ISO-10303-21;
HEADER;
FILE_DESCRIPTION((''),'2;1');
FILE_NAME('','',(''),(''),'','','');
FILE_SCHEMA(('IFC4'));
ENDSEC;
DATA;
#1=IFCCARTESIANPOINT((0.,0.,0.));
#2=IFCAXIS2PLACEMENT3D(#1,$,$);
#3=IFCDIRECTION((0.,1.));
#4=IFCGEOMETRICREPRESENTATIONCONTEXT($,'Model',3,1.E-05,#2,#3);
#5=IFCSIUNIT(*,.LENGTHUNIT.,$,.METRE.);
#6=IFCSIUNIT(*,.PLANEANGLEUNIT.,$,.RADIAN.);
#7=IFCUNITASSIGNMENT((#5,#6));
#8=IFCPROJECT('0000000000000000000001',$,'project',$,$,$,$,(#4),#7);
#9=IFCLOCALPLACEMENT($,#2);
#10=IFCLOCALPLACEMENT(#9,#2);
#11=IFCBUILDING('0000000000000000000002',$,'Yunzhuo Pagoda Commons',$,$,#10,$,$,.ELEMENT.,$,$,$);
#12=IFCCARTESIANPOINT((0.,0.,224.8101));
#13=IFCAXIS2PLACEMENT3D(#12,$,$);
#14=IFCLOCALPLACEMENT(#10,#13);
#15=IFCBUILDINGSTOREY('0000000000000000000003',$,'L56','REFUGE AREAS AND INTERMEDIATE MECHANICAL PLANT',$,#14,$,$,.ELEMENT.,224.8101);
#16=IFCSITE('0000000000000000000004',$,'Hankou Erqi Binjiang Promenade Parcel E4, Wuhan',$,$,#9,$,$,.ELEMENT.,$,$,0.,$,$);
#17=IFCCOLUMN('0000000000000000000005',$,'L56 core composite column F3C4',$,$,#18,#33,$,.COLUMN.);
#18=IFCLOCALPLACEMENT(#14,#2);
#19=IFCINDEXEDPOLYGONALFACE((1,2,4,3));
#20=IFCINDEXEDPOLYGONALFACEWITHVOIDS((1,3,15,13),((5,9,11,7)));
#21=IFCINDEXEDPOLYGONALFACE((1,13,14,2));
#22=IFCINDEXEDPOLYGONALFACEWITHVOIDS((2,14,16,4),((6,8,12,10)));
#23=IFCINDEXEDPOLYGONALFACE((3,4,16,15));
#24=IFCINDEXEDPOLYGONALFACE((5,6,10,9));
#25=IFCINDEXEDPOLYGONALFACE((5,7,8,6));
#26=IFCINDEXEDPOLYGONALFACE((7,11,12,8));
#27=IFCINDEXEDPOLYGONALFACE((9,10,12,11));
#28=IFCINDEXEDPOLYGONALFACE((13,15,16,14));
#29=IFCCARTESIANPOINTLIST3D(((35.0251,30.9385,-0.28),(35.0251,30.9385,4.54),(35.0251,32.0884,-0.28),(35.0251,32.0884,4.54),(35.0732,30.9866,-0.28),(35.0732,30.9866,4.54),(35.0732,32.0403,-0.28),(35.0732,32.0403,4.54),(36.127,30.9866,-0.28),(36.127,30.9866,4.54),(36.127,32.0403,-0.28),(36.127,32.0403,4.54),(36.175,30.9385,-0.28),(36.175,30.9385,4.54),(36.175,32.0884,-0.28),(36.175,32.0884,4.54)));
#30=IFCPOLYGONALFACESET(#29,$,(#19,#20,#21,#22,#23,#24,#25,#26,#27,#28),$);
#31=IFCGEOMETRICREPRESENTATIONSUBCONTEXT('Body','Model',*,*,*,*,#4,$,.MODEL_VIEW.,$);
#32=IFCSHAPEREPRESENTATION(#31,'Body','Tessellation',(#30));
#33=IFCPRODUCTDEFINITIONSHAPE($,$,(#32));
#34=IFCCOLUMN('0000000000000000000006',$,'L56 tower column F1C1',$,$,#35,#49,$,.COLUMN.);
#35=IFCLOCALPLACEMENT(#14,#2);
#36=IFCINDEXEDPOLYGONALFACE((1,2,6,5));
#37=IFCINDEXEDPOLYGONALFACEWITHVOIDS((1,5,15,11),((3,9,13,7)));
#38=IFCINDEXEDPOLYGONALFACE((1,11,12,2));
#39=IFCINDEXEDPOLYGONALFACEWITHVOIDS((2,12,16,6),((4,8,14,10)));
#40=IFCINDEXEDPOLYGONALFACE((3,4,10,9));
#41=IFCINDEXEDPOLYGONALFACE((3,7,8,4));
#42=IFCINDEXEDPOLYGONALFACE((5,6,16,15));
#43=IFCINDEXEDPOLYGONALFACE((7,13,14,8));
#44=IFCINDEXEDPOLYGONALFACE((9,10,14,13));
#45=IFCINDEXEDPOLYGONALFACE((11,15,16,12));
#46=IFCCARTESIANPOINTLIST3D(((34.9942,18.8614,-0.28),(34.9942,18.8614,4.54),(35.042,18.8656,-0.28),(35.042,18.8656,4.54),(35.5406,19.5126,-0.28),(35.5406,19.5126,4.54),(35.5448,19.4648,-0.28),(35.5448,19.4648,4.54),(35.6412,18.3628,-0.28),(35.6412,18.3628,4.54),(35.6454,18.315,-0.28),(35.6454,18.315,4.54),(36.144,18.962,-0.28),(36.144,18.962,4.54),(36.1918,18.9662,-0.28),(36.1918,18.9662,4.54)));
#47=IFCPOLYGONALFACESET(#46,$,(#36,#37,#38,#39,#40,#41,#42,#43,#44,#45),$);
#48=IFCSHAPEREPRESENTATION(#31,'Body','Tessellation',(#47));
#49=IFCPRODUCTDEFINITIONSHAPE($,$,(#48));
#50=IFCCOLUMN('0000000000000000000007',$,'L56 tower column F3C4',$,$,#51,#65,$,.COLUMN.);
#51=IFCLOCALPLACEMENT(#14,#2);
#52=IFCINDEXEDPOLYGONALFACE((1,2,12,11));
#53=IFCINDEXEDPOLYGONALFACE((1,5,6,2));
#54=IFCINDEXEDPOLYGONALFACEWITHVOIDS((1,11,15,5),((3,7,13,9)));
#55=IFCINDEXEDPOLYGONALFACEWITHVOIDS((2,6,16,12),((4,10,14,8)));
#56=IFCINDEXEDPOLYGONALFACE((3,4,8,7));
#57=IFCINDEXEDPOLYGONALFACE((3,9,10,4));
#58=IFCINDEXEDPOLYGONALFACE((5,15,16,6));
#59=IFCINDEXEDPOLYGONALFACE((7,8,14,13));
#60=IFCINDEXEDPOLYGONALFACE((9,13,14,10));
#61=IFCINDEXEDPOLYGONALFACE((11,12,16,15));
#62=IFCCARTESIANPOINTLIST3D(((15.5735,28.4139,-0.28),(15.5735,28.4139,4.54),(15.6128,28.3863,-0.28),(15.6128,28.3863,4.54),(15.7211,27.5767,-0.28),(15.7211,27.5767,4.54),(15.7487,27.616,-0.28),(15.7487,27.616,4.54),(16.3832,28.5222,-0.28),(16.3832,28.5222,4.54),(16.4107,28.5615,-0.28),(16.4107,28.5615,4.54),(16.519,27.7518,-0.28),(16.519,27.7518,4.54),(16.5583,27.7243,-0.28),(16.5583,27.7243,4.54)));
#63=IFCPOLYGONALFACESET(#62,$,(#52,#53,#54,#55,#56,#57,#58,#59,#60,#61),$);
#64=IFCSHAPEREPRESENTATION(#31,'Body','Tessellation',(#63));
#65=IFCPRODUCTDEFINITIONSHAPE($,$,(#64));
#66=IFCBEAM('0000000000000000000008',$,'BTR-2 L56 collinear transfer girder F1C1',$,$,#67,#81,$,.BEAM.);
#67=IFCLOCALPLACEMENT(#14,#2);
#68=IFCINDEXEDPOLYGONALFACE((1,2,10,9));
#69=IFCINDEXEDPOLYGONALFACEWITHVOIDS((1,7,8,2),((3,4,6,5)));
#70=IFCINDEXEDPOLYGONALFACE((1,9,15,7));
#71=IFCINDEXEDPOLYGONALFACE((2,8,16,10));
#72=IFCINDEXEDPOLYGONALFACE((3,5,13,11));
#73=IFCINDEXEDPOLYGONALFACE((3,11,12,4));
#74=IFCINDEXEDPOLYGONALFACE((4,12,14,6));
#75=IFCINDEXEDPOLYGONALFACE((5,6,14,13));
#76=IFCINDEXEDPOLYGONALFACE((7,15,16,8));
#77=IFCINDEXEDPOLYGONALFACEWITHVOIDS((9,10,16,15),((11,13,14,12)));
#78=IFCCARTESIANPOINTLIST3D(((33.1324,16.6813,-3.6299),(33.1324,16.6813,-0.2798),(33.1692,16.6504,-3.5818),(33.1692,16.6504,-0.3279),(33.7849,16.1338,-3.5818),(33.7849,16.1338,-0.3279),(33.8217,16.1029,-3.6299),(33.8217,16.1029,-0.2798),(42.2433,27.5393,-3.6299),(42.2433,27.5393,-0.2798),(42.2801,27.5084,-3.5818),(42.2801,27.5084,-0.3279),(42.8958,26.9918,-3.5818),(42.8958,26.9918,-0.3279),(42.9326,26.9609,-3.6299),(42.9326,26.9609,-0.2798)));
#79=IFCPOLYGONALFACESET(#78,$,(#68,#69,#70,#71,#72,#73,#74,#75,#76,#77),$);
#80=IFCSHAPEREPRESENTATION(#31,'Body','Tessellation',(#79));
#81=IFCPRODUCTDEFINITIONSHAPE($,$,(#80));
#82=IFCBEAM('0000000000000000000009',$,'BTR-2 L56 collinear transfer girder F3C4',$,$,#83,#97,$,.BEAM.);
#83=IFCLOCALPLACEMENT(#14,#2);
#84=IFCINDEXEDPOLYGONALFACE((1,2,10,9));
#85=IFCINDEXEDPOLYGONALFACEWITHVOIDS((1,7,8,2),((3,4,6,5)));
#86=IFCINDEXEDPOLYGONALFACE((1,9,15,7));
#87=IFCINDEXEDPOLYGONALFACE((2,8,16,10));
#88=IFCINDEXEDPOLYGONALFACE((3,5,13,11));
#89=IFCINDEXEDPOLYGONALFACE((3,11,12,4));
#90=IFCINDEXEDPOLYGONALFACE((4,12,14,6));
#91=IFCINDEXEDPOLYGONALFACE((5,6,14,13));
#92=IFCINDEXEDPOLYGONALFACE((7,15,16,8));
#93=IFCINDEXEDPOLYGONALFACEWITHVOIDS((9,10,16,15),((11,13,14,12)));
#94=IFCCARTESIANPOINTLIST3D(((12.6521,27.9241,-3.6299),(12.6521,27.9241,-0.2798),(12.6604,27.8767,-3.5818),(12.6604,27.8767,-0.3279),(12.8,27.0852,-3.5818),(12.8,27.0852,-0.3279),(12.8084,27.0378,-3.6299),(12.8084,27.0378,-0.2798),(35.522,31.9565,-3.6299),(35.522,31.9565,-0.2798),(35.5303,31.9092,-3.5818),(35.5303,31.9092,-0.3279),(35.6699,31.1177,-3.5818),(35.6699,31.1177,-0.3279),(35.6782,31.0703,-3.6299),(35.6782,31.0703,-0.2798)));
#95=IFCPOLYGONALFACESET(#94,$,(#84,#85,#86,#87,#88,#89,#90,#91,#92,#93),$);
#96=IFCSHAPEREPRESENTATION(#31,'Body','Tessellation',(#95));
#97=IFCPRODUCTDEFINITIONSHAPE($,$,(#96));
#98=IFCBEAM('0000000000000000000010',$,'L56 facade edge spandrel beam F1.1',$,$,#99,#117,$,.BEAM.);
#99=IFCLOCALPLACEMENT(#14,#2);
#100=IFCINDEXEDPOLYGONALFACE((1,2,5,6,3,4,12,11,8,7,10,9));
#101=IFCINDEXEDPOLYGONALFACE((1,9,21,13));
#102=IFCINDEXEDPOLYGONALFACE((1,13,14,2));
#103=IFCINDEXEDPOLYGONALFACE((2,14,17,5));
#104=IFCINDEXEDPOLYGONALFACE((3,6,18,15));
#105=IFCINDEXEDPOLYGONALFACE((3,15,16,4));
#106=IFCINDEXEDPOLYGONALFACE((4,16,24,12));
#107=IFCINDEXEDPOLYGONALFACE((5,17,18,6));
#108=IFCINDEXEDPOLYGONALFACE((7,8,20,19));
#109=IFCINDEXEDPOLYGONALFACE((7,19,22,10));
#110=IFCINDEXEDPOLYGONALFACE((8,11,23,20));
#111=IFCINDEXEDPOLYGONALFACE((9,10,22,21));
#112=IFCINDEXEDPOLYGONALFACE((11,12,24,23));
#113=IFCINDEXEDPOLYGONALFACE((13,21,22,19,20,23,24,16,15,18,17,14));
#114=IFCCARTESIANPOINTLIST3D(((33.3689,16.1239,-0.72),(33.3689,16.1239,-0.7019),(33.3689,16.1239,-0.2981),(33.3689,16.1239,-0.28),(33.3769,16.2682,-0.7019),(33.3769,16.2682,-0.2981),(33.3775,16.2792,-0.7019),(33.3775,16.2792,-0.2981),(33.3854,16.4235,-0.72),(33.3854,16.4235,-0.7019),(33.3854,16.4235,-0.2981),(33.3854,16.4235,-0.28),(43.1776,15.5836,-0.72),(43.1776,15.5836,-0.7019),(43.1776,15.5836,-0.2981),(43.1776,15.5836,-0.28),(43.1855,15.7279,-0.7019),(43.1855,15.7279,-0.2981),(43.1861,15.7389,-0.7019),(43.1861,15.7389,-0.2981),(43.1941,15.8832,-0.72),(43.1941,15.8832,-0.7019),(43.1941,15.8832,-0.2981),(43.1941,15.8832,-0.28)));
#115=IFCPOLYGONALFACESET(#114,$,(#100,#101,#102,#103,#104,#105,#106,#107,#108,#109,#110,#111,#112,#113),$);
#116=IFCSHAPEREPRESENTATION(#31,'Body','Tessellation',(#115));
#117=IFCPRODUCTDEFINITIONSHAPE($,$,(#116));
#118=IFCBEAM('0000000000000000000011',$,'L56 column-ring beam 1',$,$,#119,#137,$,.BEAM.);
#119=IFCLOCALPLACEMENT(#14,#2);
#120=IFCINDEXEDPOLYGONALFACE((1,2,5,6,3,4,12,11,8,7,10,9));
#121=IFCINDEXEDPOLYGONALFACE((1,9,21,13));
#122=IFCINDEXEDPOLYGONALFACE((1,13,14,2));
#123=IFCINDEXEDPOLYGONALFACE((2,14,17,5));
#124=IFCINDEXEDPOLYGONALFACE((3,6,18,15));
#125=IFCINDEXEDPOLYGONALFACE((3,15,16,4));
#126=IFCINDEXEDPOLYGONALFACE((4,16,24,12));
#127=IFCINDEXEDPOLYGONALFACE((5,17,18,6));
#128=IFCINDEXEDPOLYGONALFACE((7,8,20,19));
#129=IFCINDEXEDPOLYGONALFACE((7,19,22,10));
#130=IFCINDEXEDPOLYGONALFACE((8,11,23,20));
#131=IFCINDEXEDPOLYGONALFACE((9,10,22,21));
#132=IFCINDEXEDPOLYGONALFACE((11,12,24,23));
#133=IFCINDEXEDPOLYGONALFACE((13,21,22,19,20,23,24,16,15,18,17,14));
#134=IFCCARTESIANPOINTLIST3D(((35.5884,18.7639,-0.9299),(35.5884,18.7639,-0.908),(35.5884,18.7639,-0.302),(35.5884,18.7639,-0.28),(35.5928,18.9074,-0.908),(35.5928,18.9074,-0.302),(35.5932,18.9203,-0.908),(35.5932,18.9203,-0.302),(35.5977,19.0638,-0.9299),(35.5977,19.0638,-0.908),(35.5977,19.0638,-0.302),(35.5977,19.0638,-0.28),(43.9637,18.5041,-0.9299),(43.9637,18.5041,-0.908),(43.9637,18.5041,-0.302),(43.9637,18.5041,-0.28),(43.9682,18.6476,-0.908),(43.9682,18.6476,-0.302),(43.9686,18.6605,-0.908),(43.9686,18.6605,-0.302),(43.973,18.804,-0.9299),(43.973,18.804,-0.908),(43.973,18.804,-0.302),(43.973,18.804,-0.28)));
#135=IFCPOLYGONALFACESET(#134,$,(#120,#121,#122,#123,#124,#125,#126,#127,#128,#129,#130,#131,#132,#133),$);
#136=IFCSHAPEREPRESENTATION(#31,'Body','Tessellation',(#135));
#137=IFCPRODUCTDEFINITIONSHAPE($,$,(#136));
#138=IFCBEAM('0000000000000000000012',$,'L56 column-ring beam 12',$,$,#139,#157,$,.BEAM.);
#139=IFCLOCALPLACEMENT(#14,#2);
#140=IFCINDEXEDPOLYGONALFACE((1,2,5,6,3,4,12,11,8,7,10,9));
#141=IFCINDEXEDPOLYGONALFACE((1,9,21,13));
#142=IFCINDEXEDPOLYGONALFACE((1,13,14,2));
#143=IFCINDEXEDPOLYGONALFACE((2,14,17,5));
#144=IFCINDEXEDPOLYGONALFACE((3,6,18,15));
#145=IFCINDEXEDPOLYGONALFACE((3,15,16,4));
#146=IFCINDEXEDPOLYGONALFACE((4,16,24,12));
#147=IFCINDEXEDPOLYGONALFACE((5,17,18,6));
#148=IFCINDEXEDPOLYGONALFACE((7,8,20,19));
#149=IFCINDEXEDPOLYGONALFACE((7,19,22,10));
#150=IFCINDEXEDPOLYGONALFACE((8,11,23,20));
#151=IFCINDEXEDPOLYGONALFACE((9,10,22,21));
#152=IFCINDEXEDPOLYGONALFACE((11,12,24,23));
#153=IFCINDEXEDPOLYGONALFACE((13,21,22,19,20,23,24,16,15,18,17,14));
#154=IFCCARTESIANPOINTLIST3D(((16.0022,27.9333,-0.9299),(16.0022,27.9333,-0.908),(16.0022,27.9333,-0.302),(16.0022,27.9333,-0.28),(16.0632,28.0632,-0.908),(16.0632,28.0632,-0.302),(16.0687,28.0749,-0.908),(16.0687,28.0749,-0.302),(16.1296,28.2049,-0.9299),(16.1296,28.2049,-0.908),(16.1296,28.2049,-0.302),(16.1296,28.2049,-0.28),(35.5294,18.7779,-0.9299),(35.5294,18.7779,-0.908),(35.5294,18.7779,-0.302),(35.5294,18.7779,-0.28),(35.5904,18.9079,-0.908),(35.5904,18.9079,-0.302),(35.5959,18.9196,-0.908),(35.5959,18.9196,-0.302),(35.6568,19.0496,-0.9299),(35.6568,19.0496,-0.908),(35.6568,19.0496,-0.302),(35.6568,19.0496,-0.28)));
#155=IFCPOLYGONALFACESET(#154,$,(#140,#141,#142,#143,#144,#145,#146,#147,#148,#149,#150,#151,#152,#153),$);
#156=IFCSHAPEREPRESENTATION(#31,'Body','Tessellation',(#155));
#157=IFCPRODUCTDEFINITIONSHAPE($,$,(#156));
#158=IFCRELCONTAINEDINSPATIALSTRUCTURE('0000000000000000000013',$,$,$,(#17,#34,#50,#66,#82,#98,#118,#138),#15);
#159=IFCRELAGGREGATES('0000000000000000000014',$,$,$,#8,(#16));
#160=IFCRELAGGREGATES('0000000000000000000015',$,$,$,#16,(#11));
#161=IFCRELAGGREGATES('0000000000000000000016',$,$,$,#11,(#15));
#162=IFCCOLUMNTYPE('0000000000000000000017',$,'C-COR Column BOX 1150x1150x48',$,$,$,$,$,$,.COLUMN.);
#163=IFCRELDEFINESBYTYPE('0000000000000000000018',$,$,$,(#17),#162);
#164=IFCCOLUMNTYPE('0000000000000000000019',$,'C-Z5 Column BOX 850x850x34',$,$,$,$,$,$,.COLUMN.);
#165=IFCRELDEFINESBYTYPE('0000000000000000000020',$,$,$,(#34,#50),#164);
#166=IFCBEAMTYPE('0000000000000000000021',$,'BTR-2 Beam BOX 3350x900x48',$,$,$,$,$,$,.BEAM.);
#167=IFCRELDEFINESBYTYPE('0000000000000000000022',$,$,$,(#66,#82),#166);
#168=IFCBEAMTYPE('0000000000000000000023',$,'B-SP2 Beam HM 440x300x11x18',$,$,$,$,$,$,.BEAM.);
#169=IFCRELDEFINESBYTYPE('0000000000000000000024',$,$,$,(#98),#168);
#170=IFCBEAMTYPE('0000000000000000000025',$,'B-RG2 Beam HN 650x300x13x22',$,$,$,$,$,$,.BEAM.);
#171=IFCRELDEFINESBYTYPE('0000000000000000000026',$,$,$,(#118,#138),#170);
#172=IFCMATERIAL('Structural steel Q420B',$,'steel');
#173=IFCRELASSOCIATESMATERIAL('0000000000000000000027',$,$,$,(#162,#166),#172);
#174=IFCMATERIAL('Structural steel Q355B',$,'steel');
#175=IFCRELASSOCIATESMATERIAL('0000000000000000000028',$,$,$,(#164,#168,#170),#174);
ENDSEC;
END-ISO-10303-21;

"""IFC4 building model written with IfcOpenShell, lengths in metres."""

from ifc_helpers import new_model, si_unit, direction, frame, origin, origin_2d, place, context, subcontext, project, spatial, hollow_rectangle, i_section, extrude, source, transform, mapped, material, material_profile, profile_set, type_object, element, save


model = new_model("IFC4")

# Units and contexts
model_context = context("Model", 3, precision=1e-05, world=origin(), true_north=direction((0.0, 1.0)))
body_context = subcontext(model_context, "Body", "Model", "MODEL_VIEW")
ifc_project = project(units=[si_unit("LENGTHUNIT", "METRE"), si_unit("PLANEANGLEUNIT", "RADIAN")], contexts=[model_context])

# Site, building, storey
site_placement = place(None, origin())
site = spatial("IfcSite", under=ifc_project, at=site_placement, Name="Hankou Erqi Binjiang Promenade Parcel E4, Wuhan", CompositionType="ELEMENT", RefElevation=0.0)
building_placement = place(site_placement, origin())
building = spatial("IfcBuilding", under=site, at=building_placement, Name="Yunzhuo Pagoda Commons", CompositionType="ELEMENT")
storey_placement = place(building_placement, frame((0.0, 0.0, 224.8101)))
storey = spatial("IfcBuildingStorey", under=building, at=storey_placement, Name="L56", Description="REFUGE AREAS AND INTERMEDIATE MECHANICAL PLANT", CompositionType="ELEMENT", Elevation=224.8101)

# Columns
ifc_material_1 = material(Name="Structural steel Q420B", Category="steel")
ifc_material_profile_1 = material_profile(ifc_material_1, hollow_rectangle(XDim=1.1499, YDim=1.1499, WallThickness=0.0481, at=origin_2d()), Name="Structural steel Q420B")
ifc_profile_set_1 = profile_set([ifc_material_profile_1], Name="Structural steel Q420B")
column_type_1 = type_object("IfcColumnType", Name="C-COR Column BOX 1150x1150x48", PredefinedType="COLUMN", material=ifc_profile_set_1)
shared_shape_1 = source(origin(), body_context, "Body", "SweptSolid", [
    extrude(hollow_rectangle(XDim=1.1499, YDim=1.1499, WallThickness=0.0481, at=origin_2d()), origin(), (0.0, 0.0, 1.0), 4.8201),
])
column_placement = place(storey_placement, frame((35.6001, 31.5134, -0.28), z_axis=(0.0, 0.0, 1.0), x_axis=(1.0, 0.0, 0.0)))
element("IfcColumn", 1, at=column_placement, inside=storey, type_object=column_type_1, Name="L56 core composite column F3C4", PredefinedType="COLUMN", context=body_context, shape_type="MappedRepresentation", body=[
    mapped(shared_shape_1, transform((0.0, 0.0, 0.0), scale=1.0)),
])
ifc_material_2 = material(Name="Structural steel Q355B", Category="steel")
ifc_material_profile_2 = material_profile(ifc_material_2, hollow_rectangle(XDim=0.8501, YDim=0.8501, WallThickness=0.0339, at=origin_2d()), Name="Structural steel Q355B")
ifc_profile_set_2 = profile_set([ifc_material_profile_2], Name="Structural steel Q355B")
column_type_2 = type_object("IfcColumnType", Name="C-Z5 Column BOX 850x850x34", PredefinedType="COLUMN", material=ifc_profile_set_2)
shared_shape_2 = source(origin(), body_context, "Body", "SweptSolid", [
    extrude(hollow_rectangle(XDim=0.8501, YDim=0.8501, WallThickness=0.0339, at=origin_2d()), origin(), (0.0, 0.0, 1.0), 4.8201),
])
for number, where, z_axis, x_axis, name in (
    (2, (35.593, 18.9138, -0.28), (0.0, 0.0, 1.0), (0.766044, -0.642788, 0.0), "L56 tower column F1C1"),
    (3, (16.0659, 28.0691, -0.28), (0.0, 0.0, 1.0), (0.173648, -0.984808, 0.0), "L56 tower column F3C4"),
):
    element("IfcColumn", number, at=place(storey_placement, frame(where, z_axis=z_axis, x_axis=x_axis)), inside=storey, type_object=column_type_2, Name=name, PredefinedType="COLUMN", context=body_context, shape_type="MappedRepresentation", body=[
        mapped(shared_shape_2, transform((0.0, 0.0, 0.0), scale=1.0)),
    ])

# Beams
ifc_material_profile_3 = material_profile(ifc_material_1, hollow_rectangle(XDim=0.8999, YDim=3.3501, WallThickness=0.0481, at=origin_2d()), Name="Structural steel Q420B")
ifc_profile_set_3 = profile_set([ifc_material_profile_3], Name="Structural steel Q420B")
beam_type_1 = type_object("IfcBeamType", Name="BTR-2 Beam BOX 3350x900x48", PredefinedType="BEAM", material=ifc_profile_set_3)
shared_shape_3 = source(origin(), body_context, "Body", "SweptSolid", [
    extrude(hollow_rectangle(XDim=0.8999, YDim=3.3501, WallThickness=0.0481, at=origin_2d()), origin(), (0.0, 0.0, 1.0), 14.1741),
])
beam_1_placement = place(storey_placement, frame((33.4771, 16.3921, -1.9548), z_axis=(0.642786, 0.766045, 0.0), x_axis=(-0.766045, 0.642786, 0.0)))
element("IfcBeam", 4, at=beam_1_placement, inside=storey, type_object=beam_type_1, Name="BTR-2 L56 collinear transfer girder F1C1", PredefinedType="BEAM", context=body_context, shape_type="MappedRepresentation", body=[
    mapped(shared_shape_3, transform((0.0, 0.0, 0.0), scale=1.0)),
])
shared_shape_4 = source(origin(), body_context, "Body", "SweptSolid", [
    extrude(hollow_rectangle(XDim=0.8999, YDim=3.3501, WallThickness=0.0481, at=origin_2d()), origin(), (0.0, 0.0, 1.0), 23.2227),
])
beam_2_placement = place(storey_placement, frame((12.7302, 27.481, -1.9548), z_axis=(0.984809, 0.173644, 0.0), x_axis=(-0.173644, 0.984809, 0.0)))
element("IfcBeam", 5, at=beam_2_placement, inside=storey, type_object=beam_type_1, Name="BTR-2 L56 collinear transfer girder F3C4", PredefinedType="BEAM", context=body_context, shape_type="MappedRepresentation", body=[
    mapped(shared_shape_4, transform((0.0, 0.0, 0.0), scale=1.0)),
])
ifc_material_profile_4 = material_profile(ifc_material_2, i_section(OverallWidth=0.3, OverallDepth=0.4399, WebThickness=0.011, FlangeThickness=0.0181, at=origin_2d()), Name="Structural steel Q355B")
ifc_profile_set_4 = profile_set([ifc_material_profile_4], Name="Structural steel Q355B")
beam_type_2 = type_object("IfcBeamType", Name="B-SP2 Beam HM 440x300x11x18", PredefinedType="BEAM", material=ifc_profile_set_4)
shared_shape_5 = source(origin(), body_context, "Body", "SweptSolid", [
    extrude(i_section(OverallWidth=0.3, OverallDepth=0.4399, WebThickness=0.011, FlangeThickness=0.0181, at=origin_2d()), origin(), (0.0, 0.0, 1.0), 9.8235),
])
beam_3_placement = place(storey_placement, frame((33.3772, 16.2737, -0.5), z_axis=(0.998486, -0.054999, 0.0), x_axis=(0.054999, 0.998486, 0.0)))
element("IfcBeam", 6, at=beam_3_placement, inside=storey, type_object=beam_type_2, Name="L56 facade edge spandrel beam F1.1", PredefinedType="BEAM", context=body_context, shape_type="MappedRepresentation", body=[
    mapped(shared_shape_5, transform((0.0, 0.0, 0.0), scale=1.0)),
])
ifc_material_profile_5 = material_profile(ifc_material_2, i_section(OverallWidth=0.3, OverallDepth=0.6499, WebThickness=0.0129, FlangeThickness=0.022, at=origin_2d()), Name="Structural steel Q355B")
ifc_profile_set_5 = profile_set([ifc_material_profile_5], Name="Structural steel Q355B")
beam_type_3 = type_object("IfcBeamType", Name="B-RG2 Beam HN 650x300x13x22", PredefinedType="BEAM", material=ifc_profile_set_5)
shared_shape_6 = source(origin(), body_context, "Body", "SweptSolid", [
    extrude(i_section(OverallWidth=0.3, OverallDepth=0.6499, WebThickness=0.0129, FlangeThickness=0.022, at=origin_2d()), origin(), (0.0, 0.0, 1.0), 8.3794),
])
beam_4_placement = place(storey_placement, frame((35.593, 18.9138, -0.605), z_axis=(0.999519, -0.031, 0.0), x_axis=(0.031, 0.999519, 0.0)))
element("IfcBeam", 7, at=beam_4_placement, inside=storey, type_object=beam_type_3, Name="L56 column-ring beam 1", PredefinedType="BEAM", context=body_context, shape_type="MappedRepresentation", body=[
    mapped(shared_shape_6, transform((0.0, 0.0, 0.0), scale=1.0)),
])
shared_shape_7 = source(origin(), body_context, "Body", "SweptSolid", [
    extrude(i_section(OverallWidth=0.3, OverallDepth=0.6499, WebThickness=0.0129, FlangeThickness=0.022, at=origin_2d()), origin(), (0.0, 0.0, 1.0), 21.5669),
])
beam_5_placement = place(storey_placement, frame((16.0659, 28.0691, -0.605), z_axis=(0.905424, -0.424508, 0.0), x_axis=(0.424508, 0.905424, 0.0)))
element("IfcBeam", 8, at=beam_5_placement, inside=storey, type_object=beam_type_3, Name="L56 column-ring beam 12", PredefinedType="BEAM", context=body_context, shape_type="MappedRepresentation", body=[
    mapped(shared_shape_7, transform((0.0, 0.0, 0.0), scale=1.0)),
])

save(model, "model.ifc")
